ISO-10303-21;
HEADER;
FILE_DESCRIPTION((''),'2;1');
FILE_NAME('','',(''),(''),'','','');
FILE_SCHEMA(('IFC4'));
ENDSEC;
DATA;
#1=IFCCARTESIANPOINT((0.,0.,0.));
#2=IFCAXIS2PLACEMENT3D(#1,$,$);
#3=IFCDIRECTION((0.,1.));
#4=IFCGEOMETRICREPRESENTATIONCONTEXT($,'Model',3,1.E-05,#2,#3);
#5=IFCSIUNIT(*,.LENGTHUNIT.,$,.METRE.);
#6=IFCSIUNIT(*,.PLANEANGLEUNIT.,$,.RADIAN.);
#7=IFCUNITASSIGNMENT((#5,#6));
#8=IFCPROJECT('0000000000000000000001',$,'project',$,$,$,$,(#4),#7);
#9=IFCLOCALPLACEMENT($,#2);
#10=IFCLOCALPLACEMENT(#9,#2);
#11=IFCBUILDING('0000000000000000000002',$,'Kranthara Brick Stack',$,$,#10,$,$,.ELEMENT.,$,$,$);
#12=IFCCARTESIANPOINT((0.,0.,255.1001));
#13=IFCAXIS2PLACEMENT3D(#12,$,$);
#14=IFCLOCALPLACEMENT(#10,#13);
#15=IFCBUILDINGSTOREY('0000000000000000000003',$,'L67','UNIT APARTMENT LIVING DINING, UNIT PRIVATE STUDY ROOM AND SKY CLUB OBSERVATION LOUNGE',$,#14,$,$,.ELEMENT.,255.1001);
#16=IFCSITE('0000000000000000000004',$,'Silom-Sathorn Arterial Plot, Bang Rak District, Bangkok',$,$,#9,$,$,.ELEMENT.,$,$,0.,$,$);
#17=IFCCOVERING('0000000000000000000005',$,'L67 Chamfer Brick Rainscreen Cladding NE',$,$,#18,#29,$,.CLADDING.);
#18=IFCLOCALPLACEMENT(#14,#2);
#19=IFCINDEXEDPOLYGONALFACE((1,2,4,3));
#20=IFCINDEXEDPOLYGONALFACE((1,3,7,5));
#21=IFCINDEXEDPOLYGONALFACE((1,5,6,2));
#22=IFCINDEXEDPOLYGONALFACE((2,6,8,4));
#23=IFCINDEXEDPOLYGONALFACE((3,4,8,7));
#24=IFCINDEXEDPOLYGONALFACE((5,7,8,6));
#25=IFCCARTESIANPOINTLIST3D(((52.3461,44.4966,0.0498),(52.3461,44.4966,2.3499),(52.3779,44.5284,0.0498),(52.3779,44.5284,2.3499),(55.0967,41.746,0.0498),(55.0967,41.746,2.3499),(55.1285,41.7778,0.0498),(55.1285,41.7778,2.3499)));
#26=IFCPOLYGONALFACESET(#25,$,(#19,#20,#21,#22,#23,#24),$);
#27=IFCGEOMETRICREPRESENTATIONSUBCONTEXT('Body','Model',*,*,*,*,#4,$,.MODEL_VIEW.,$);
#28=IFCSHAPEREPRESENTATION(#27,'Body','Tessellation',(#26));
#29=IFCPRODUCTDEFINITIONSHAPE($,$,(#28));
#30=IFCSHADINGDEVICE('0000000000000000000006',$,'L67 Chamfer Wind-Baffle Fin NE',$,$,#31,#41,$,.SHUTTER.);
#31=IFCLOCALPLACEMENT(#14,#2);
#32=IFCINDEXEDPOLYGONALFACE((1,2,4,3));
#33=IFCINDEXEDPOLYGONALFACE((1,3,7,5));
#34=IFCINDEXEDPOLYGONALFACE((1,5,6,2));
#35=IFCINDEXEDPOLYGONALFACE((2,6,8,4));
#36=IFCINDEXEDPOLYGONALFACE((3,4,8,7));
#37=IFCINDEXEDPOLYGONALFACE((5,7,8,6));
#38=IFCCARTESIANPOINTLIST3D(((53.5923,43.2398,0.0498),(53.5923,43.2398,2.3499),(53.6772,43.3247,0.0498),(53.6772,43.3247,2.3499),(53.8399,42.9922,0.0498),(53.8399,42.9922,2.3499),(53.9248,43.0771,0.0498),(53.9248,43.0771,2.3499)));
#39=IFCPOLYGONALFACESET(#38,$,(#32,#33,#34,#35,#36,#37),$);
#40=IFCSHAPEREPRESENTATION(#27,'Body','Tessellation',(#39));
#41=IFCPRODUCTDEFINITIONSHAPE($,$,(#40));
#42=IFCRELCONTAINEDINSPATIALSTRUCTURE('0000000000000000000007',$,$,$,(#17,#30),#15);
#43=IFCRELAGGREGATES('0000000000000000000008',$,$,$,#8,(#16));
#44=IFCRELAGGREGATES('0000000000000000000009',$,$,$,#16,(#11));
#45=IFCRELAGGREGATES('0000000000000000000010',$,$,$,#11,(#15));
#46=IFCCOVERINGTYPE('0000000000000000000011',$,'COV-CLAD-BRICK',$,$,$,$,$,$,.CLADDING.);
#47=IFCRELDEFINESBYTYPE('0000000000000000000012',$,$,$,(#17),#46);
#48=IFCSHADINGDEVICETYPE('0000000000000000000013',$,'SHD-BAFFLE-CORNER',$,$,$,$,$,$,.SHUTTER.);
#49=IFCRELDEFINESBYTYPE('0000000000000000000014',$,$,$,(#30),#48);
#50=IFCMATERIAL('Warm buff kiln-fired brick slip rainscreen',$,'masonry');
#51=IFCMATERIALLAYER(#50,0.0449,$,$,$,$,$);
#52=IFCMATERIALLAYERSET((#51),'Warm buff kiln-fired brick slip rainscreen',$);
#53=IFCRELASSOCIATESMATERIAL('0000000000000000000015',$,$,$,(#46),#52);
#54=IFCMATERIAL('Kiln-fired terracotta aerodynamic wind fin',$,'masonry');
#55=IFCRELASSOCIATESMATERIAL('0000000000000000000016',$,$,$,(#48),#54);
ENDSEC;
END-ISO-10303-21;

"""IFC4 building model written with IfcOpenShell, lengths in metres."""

from ifc_helpers import new_model, si_unit, direction, frame, origin, origin_2d, place, context, subcontext, project, spatial, rectangle, extrude, material, layer, layer_set, type_object, element, save


model = new_model("IFC4")

# Units and contexts
model_context = context("Model", 3, precision=1e-05, world=origin(), true_north=direction((0.0, 1.0)))
body_context = subcontext(model_context, "Body", "Model", "MODEL_VIEW")
ifc_project = project(units=[si_unit("LENGTHUNIT", "METRE"), si_unit("PLANEANGLEUNIT", "RADIAN")], contexts=[model_context])

# Site, building, storey
site_placement = place(None, origin())
site = spatial("IfcSite", under=ifc_project, at=site_placement, Name="Silom-Sathorn Arterial Plot, Bang Rak District, Bangkok", CompositionType="ELEMENT", RefElevation=0.0)
building_placement = place(site_placement, origin())
building = spatial("IfcBuilding", under=site, at=building_placement, Name="Kranthara Brick Stack", CompositionType="ELEMENT")
storey_placement = place(building_placement, frame((0.0, 0.0, 255.1001)))
storey = spatial("IfcBuildingStorey", under=building, at=storey_placement, Name="L67", Description="UNIT APARTMENT LIVING DINING, UNIT PRIVATE STUDY ROOM AND SKY CLUB OBSERVATION LOUNGE", CompositionType="ELEMENT", Elevation=255.1001)

# Covering
ifc_material_1 = material(Name="Warm buff kiln-fired brick slip rainscreen", Category="masonry")
ifc_layer_1 = layer(ifc_material_1, 0.0449)
ifc_layer_set_1 = layer_set([ifc_layer_1], Name="Warm buff kiln-fired brick slip rainscreen")
covering_type = type_object("IfcCoveringType", Name="COV-CLAD-BRICK", PredefinedType="CLADDING", material=ifc_layer_set_1)
covering_placement = place(storey_placement, frame((53.7373, 43.1372, 0.0498), z_axis=(0.0, 0.0, 1.0), x_axis=(0.707107, -0.707107, 0.0)))
element("IfcCovering", 1, at=covering_placement, inside=storey, type_object=covering_type, Name="L67 Chamfer Brick Rainscreen Cladding NE", PredefinedType="CLADDING", context=body_context, shape_type="SweptSolid", body=[
    extrude(rectangle(XDim=3.8899, YDim=0.0449, at=origin_2d()), origin(), (0.0, 0.0, 1.0), 2.3),
])

# Shading device
ifc_material_2 = material(Name="Kiln-fired terracotta aerodynamic wind fin", Category="masonry")
shading_device_type = type_object("IfcShadingDeviceType", Name="SHD-BAFFLE-CORNER", PredefinedType="SHUTTER", material=ifc_material_2)
shading_device_placement = place(storey_placement, frame((53.7585, 43.1584, 0.0498), z_axis=(0.0, 0.0, 1.0), x_axis=(0.707107, -0.707107, 0.0)))
element("IfcShadingDevice", 2, at=shading_device_placement, inside=storey, type_object=shading_device_type, Name="L67 Chamfer Wind-Baffle Fin NE", PredefinedType="SHUTTER", context=body_context, shape_type="SweptSolid", body=[
    extrude(rectangle(XDim=0.3501, YDim=0.1201, at=origin_2d()), origin(), (0.0, 0.0, 1.0), 2.3),
])

save(model, "model.ifc")
